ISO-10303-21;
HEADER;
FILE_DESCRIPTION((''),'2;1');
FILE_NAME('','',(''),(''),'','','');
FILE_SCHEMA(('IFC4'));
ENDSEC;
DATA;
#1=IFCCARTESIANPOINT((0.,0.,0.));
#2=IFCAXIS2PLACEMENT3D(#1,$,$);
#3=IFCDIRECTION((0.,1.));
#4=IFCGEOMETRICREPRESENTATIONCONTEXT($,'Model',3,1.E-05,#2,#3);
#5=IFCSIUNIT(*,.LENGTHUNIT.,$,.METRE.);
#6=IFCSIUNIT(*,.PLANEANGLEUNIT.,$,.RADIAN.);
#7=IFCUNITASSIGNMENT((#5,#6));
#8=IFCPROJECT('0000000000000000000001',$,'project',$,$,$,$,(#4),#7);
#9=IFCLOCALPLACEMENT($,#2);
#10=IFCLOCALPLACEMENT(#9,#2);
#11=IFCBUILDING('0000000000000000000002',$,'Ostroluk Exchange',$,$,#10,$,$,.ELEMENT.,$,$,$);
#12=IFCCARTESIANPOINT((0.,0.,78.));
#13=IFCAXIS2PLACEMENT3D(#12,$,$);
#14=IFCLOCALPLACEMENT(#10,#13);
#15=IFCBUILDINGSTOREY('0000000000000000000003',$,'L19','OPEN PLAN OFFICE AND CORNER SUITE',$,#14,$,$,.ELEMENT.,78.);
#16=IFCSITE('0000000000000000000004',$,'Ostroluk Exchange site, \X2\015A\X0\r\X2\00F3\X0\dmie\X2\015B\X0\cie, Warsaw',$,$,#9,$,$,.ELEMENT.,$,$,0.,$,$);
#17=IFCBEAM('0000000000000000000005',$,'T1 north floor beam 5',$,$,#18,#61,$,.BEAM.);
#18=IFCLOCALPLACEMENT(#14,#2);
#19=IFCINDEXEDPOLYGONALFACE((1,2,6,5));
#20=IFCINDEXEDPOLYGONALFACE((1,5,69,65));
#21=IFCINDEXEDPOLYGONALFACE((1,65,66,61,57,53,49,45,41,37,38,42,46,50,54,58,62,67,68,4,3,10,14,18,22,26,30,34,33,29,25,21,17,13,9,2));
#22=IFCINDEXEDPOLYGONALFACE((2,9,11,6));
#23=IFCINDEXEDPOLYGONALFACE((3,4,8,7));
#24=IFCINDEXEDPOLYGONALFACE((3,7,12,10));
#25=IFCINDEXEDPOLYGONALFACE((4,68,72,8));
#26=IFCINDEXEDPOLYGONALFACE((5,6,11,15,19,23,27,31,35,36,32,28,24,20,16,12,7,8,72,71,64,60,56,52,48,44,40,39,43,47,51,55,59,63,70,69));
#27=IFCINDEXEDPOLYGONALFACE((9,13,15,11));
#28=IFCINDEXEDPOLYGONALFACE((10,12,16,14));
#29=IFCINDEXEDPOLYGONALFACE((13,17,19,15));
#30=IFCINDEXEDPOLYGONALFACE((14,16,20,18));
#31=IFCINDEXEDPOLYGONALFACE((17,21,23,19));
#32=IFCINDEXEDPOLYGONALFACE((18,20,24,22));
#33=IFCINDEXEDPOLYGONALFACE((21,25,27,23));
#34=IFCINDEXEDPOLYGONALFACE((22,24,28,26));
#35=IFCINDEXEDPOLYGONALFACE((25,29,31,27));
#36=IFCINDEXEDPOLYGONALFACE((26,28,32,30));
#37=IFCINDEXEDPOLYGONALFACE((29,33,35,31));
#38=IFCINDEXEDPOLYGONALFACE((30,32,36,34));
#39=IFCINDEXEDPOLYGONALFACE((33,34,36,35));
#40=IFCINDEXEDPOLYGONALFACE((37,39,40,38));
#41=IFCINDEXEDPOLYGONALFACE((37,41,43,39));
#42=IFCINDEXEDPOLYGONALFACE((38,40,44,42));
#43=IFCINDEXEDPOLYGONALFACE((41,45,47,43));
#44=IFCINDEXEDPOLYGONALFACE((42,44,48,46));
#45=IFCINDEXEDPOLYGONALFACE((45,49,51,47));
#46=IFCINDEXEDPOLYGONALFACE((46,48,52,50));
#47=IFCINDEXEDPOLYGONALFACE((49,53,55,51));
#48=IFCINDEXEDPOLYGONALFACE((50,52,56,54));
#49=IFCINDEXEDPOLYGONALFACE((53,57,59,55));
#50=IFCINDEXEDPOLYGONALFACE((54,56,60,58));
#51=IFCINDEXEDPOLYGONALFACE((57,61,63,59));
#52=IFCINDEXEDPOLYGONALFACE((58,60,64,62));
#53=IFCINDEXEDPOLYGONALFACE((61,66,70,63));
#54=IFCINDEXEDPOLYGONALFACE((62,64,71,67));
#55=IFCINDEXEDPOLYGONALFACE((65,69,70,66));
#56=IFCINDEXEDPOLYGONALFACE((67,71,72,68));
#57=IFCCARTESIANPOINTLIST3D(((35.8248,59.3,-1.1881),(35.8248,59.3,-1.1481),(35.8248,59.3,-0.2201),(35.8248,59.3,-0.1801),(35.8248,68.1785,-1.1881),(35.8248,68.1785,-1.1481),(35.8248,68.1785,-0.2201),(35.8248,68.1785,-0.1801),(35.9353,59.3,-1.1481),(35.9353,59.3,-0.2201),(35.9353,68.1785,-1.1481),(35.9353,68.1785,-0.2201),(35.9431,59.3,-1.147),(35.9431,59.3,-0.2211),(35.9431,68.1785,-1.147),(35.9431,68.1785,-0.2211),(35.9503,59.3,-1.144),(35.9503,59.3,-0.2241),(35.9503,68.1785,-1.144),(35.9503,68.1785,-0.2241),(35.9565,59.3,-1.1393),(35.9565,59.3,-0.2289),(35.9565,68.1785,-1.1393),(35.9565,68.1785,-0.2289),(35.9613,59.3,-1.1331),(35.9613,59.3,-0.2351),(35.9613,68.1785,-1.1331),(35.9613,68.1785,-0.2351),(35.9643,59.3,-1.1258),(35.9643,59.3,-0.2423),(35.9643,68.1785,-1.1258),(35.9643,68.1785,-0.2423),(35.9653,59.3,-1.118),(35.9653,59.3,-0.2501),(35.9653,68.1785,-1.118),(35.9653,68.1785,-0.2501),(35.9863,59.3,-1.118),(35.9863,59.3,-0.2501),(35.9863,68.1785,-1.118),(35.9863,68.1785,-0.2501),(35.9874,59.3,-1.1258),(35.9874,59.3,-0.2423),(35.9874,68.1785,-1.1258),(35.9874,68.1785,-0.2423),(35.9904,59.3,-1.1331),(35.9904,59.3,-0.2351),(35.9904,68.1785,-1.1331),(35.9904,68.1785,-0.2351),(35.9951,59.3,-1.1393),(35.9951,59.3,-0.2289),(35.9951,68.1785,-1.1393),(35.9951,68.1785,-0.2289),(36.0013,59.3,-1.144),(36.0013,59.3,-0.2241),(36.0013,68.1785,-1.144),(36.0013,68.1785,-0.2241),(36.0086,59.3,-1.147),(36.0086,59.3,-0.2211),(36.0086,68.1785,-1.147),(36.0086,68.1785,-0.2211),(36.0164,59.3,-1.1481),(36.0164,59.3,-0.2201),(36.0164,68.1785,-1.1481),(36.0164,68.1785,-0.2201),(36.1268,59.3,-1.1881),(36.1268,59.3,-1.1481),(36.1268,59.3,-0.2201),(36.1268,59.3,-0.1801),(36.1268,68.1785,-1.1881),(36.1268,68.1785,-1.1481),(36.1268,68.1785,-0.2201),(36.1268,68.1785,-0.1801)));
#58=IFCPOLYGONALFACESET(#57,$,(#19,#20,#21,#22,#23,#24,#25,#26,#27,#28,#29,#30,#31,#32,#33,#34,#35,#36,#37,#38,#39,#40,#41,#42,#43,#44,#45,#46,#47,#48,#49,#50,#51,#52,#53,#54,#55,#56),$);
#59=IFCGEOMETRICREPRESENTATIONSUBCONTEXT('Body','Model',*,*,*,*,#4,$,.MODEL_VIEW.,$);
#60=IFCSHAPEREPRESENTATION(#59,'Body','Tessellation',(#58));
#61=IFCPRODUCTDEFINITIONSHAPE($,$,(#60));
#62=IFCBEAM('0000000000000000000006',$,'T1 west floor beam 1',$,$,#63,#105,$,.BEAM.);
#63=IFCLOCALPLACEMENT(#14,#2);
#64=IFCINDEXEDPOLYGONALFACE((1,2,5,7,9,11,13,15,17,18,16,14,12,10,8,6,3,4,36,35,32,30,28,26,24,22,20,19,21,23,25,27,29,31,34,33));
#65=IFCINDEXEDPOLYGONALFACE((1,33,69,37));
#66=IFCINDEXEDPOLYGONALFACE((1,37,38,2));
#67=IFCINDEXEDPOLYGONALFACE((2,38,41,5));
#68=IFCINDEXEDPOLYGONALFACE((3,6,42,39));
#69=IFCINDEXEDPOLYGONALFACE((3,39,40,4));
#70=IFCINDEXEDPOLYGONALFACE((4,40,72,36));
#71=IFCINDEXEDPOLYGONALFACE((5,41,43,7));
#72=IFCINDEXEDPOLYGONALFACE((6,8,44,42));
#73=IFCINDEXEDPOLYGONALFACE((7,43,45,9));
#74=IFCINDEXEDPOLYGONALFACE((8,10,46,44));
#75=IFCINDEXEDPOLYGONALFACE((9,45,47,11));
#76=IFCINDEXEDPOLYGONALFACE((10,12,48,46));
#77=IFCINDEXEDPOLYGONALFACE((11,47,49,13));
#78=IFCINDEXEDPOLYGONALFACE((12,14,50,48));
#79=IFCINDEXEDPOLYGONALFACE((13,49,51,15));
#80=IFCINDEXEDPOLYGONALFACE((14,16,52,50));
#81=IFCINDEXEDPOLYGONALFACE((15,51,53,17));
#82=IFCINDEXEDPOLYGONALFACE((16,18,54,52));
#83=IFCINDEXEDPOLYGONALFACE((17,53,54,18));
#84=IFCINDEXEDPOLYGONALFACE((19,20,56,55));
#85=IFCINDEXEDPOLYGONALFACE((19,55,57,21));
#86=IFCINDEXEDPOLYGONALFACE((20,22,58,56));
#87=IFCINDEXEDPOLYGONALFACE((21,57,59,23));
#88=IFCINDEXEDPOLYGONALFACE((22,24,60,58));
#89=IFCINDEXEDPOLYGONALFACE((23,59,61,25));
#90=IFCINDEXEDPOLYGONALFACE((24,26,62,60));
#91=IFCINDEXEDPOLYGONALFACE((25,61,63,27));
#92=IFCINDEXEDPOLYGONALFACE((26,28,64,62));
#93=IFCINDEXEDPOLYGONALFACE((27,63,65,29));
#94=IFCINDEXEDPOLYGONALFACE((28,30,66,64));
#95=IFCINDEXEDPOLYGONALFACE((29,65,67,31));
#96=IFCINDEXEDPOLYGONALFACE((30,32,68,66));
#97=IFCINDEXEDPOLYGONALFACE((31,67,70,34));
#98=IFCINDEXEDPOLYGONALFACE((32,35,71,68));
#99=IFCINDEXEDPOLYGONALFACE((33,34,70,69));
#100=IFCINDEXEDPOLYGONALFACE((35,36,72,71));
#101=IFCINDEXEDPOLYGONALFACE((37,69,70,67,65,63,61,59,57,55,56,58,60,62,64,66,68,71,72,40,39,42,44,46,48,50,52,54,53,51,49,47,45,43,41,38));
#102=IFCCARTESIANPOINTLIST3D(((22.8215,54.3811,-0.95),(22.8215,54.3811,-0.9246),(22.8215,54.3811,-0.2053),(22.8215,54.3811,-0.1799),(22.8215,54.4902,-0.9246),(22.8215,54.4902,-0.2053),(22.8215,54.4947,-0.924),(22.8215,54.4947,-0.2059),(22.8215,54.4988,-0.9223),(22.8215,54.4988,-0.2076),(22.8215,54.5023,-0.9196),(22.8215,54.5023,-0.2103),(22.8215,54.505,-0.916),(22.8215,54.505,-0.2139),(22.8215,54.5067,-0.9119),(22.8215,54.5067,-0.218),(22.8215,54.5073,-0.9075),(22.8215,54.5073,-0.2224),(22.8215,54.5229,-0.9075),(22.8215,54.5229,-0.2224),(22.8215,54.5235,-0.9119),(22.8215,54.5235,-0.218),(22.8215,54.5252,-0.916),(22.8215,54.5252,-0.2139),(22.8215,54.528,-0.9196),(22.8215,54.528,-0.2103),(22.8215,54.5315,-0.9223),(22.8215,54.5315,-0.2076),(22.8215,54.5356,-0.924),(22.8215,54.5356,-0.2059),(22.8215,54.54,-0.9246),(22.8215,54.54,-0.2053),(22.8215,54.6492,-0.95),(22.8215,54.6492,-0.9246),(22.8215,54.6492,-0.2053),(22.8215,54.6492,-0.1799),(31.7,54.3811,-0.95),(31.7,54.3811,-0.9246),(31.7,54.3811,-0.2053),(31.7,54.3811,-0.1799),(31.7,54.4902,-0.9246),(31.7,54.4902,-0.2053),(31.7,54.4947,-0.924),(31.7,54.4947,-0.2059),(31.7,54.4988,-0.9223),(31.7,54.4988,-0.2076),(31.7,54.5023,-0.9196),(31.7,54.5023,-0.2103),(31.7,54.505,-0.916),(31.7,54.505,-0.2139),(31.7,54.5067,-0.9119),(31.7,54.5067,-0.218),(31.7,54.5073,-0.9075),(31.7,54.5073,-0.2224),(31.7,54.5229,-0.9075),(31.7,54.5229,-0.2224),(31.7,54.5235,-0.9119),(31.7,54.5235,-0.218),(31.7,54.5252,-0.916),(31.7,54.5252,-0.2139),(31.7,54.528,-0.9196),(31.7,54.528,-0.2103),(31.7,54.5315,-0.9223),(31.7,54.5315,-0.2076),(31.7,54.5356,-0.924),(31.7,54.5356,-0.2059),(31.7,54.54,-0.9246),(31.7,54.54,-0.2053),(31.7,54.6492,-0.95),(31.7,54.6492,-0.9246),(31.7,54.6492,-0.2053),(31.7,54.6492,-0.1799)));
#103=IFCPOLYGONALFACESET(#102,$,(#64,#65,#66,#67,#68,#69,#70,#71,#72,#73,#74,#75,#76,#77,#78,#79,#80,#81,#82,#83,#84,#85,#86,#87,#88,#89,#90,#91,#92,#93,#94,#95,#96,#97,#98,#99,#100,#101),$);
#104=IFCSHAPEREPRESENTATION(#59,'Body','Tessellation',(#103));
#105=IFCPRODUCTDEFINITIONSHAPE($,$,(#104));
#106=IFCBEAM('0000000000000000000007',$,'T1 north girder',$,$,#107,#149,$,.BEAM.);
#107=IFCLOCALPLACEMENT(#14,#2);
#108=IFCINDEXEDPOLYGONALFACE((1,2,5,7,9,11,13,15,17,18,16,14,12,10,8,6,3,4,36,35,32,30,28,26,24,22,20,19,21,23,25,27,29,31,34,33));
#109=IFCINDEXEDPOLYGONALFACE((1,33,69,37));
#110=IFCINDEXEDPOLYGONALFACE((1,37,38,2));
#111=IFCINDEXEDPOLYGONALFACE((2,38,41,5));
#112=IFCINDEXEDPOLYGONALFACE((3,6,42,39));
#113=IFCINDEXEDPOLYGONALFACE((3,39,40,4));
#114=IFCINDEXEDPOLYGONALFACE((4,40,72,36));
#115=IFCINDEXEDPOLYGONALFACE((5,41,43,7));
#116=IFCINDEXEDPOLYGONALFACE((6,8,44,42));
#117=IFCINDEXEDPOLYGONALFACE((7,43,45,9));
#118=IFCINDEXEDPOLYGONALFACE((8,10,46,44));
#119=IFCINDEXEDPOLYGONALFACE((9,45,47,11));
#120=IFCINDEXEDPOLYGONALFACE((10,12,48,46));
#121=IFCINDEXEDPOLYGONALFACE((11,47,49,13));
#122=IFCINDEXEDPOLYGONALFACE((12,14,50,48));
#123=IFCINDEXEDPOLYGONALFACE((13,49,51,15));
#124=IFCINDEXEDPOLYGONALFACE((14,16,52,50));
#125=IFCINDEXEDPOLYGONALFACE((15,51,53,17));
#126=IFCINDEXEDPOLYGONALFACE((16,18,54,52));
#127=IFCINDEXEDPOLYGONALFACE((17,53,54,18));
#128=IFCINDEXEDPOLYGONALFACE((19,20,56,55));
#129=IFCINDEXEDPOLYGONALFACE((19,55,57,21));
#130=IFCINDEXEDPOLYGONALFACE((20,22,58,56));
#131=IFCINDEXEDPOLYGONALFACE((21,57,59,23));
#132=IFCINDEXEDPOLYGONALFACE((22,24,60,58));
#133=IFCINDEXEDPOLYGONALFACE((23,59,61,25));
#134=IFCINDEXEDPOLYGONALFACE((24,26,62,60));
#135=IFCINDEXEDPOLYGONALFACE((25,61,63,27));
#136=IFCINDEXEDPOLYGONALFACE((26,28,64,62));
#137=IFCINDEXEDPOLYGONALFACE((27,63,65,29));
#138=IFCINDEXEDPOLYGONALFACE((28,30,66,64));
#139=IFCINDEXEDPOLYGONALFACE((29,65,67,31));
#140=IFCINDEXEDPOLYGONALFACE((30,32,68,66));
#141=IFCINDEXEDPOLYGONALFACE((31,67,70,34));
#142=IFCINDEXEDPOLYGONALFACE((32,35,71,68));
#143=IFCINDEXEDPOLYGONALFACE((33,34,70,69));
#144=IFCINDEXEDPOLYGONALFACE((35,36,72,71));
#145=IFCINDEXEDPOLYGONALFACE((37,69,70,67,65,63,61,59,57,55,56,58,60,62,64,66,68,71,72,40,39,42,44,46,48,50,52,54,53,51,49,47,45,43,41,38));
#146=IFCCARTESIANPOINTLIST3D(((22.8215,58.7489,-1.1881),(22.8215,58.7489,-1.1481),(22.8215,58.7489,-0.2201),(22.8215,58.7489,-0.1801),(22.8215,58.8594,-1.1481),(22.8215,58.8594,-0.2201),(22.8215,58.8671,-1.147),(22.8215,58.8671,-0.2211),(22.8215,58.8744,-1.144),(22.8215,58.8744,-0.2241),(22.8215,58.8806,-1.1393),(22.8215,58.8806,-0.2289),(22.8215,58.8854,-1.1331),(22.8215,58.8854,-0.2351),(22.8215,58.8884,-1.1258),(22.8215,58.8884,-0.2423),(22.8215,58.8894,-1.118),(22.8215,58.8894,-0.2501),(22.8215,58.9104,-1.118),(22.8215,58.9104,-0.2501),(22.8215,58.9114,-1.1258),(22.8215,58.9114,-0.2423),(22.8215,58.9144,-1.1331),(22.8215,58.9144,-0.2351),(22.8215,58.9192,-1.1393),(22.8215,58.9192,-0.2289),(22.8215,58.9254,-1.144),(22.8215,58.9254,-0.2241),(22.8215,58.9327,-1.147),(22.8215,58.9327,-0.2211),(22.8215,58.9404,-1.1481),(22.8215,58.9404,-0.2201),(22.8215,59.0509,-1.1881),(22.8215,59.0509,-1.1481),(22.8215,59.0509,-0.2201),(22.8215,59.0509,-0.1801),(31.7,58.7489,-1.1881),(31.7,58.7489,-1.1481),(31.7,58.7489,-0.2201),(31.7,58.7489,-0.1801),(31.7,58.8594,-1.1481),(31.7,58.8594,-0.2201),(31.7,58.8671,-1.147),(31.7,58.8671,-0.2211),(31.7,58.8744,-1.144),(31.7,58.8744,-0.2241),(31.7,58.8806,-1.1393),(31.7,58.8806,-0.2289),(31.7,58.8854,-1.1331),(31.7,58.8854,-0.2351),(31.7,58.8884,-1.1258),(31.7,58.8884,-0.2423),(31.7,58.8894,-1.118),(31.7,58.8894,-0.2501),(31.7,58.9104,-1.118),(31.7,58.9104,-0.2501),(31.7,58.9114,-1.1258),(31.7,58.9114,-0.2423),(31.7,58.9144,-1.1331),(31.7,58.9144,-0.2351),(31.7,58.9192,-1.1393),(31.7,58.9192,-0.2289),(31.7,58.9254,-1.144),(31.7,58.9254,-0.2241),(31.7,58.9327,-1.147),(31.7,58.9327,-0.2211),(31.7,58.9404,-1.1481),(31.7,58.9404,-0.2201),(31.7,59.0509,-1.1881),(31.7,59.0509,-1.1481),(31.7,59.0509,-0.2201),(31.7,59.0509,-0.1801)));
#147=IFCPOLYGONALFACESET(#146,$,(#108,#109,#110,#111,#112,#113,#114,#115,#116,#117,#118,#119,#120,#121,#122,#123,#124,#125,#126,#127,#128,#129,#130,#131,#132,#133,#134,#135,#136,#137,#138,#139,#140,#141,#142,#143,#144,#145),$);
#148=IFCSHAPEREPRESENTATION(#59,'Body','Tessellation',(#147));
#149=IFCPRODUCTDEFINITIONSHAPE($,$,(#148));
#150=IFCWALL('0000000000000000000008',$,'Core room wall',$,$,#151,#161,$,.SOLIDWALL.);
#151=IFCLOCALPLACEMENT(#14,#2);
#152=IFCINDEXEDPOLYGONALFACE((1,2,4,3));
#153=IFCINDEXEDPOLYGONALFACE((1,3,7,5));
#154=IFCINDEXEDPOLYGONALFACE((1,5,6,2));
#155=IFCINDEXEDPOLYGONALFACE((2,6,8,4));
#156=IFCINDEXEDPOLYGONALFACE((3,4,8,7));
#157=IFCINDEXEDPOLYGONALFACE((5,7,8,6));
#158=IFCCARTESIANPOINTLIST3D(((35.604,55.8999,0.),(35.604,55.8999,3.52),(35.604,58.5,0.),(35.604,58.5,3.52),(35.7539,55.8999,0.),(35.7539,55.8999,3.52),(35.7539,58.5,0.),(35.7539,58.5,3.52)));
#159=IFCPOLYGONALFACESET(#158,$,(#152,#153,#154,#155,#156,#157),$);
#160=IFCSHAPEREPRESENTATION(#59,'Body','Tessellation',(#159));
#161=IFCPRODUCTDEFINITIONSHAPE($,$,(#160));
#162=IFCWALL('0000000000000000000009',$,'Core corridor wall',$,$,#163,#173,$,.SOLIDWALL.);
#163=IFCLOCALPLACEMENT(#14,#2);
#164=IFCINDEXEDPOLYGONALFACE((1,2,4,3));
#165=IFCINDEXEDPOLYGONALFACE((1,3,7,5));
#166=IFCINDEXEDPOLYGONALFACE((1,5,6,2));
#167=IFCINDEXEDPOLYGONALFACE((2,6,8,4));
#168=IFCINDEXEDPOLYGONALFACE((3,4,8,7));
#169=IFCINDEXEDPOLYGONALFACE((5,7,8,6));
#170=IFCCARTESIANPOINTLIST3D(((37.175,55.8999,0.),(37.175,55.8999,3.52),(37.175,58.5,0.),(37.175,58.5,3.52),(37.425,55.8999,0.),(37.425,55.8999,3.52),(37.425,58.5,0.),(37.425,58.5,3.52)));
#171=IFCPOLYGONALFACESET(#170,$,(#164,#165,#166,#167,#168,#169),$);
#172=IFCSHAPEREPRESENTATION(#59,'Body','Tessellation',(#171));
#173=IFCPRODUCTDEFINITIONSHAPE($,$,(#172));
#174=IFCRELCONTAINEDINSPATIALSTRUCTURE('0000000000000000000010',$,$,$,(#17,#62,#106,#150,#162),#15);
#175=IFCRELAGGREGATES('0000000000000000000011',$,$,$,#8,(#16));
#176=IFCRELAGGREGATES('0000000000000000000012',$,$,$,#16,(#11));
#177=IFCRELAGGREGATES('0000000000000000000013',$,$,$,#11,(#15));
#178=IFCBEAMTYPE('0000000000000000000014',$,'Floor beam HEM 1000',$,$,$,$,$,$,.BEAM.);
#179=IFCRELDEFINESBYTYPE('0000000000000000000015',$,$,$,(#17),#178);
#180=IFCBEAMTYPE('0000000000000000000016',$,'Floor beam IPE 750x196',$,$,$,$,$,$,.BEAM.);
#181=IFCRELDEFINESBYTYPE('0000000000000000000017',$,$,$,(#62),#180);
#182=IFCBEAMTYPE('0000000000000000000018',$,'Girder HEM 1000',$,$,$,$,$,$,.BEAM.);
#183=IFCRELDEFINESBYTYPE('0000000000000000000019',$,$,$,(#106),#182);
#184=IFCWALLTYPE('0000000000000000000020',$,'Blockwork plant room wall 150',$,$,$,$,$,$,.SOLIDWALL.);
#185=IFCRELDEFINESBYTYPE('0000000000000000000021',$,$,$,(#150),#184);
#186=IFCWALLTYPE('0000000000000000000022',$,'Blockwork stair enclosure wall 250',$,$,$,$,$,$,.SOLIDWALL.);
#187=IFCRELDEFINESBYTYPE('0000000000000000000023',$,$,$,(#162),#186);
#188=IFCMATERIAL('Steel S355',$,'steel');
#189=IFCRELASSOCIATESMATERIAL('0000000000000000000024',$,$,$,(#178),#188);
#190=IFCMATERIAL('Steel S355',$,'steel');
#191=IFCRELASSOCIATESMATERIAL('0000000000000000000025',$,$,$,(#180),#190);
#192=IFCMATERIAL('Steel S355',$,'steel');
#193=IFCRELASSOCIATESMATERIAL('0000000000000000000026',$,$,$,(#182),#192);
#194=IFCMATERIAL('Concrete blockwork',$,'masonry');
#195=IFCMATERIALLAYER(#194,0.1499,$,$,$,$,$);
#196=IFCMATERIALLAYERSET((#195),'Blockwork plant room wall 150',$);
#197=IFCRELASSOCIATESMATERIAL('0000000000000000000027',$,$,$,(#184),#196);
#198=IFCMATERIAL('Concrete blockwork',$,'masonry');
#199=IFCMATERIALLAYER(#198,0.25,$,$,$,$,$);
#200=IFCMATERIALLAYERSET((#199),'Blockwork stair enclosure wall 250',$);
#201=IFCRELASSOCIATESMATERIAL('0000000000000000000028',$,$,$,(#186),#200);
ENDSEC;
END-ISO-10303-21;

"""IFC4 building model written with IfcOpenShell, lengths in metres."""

from ifc_helpers import new_model, si_unit, direction, frame, frame_2d, origin, origin_2d, place, context, subcontext, project, spatial, rectangle, i_section, extrude, material, layer, layer_set, material_profile, profile_set, type_object, element, save


model = new_model("IFC4")

# Units and contexts
model_context = context("Model", 3, precision=1e-05, world=origin(), true_north=direction((0.0, 1.0)))
body_context = subcontext(model_context, "Body", "Model", "MODEL_VIEW")
ifc_project = project(units=[si_unit("LENGTHUNIT", "METRE"), si_unit("PLANEANGLEUNIT", "RADIAN")], contexts=[model_context])

# Site, building, storey
site_placement = place(None, origin())
site = spatial("IfcSite", under=ifc_project, at=site_placement, Name="Ostroluk Exchange site, Śródmieście, Warsaw", CompositionType="ELEMENT", RefElevation=0.0)
building_placement = place(site_placement, origin())
building = spatial("IfcBuilding", under=site, at=building_placement, Name="Ostroluk Exchange", CompositionType="ELEMENT")
storey_placement = place(building_placement, frame((0.0, 0.0, 78.0)))
storey = spatial("IfcBuildingStorey", under=building, at=storey_placement, Name="L19", Description="OPEN PLAN OFFICE AND CORNER SUITE", CompositionType="ELEMENT", Elevation=78.0)

# Beams
ifc_material_1 = material(Name="Steel S355", Category="steel")
ifc_material_profile_1 = material_profile(ifc_material_1, i_section(OverallWidth=0.302, OverallDepth=1.0081, WebThickness=0.021, FlangeThickness=0.04, FilletRadius=0.03, at=origin_2d()), Name="HEM 1000")
ifc_profile_set_1 = profile_set([ifc_material_profile_1], Name="Steel S355")
beam_type_1 = type_object("IfcBeamType", Name="Floor beam HEM 1000", PredefinedType="BEAM", material=ifc_profile_set_1)
beam_1_placement = place(storey_placement, frame((35.9758, 59.3, -0.6841), z_axis=(0.0, 1.0, 0.0), x_axis=(-1.0, 0.0, 0.0)))
element("IfcBeam", 1, at=beam_1_placement, inside=storey, type_object=beam_type_1, Name="T1 north floor beam 5", PredefinedType="BEAM", context=body_context, shape_type="SweptSolid", body=[
    extrude(i_section(OverallWidth=0.302, OverallDepth=1.0081, WebThickness=0.021, FlangeThickness=0.04, FilletRadius=0.03, at=origin_2d()), origin(), (0.0, 0.0, 1.0), 8.8784),
])
ifc_material_2 = material(Name="Steel S355", Category="steel")
ifc_material_profile_2 = material_profile(ifc_material_2, i_section(OverallWidth=0.2681, OverallDepth=0.77, WebThickness=0.0156, FlangeThickness=0.0254, FilletRadius=0.0171, at=origin_2d()), Name="IPE 750x196")
ifc_profile_set_2 = profile_set([ifc_material_profile_2], Name="Steel S355")
beam_type_2 = type_object("IfcBeamType", Name="Floor beam IPE 750x196", PredefinedType="BEAM", material=ifc_profile_set_2)
beam_2_placement = place(storey_placement, frame((31.7, 54.5151, -0.5649), z_axis=(-1.0, 0.0, 0.0), x_axis=(0.0, -1.0, 0.0)))
element("IfcBeam", 2, at=beam_2_placement, inside=storey, type_object=beam_type_2, Name="T1 west floor beam 1", PredefinedType="BEAM", context=body_context, shape_type="SweptSolid", body=[
    extrude(i_section(OverallWidth=0.2681, OverallDepth=0.77, WebThickness=0.0156, FlangeThickness=0.0254, FilletRadius=0.0171, at=origin_2d()), origin(), (0.0, 0.0, 1.0), 8.8784),
])
ifc_material_3 = material(Name="Steel S355", Category="steel")
ifc_material_profile_3 = material_profile(ifc_material_3, i_section(OverallWidth=0.302, OverallDepth=1.0081, WebThickness=0.021, FlangeThickness=0.04, FilletRadius=0.03, at=origin_2d()), Name="HEM 1000")
ifc_profile_set_3 = profile_set([ifc_material_profile_3], Name="Steel S355")
beam_type_3 = type_object("IfcBeamType", Name="Girder HEM 1000", PredefinedType="BEAM", material=ifc_profile_set_3)
beam_3_placement = place(storey_placement, frame((31.7, 58.8999, -0.6841), z_axis=(-1.0, 0.0, 0.0), x_axis=(0.0, -1.0, 0.0)))
element("IfcBeam", 3, at=beam_3_placement, inside=storey, type_object=beam_type_3, Name="T1 north girder", PredefinedType="BEAM", context=body_context, shape_type="SweptSolid", body=[
    extrude(i_section(OverallWidth=0.302, OverallDepth=1.0081, WebThickness=0.021, FlangeThickness=0.04, FilletRadius=0.03, at=origin_2d()), origin(), (0.0, 0.0, 1.0), 8.8784),
])

# Walls
ifc_material_4 = material(Name="Concrete blockwork", Category="masonry")
ifc_layer_1 = layer(ifc_material_4, 0.1499)
ifc_layer_set_1 = layer_set([ifc_layer_1], Name="Blockwork plant room wall 150")
wall_type_1 = type_object("IfcWallType", Name="Blockwork plant room wall 150", PredefinedType="SOLIDWALL", material=ifc_layer_set_1)
wall_1_placement = place(storey_placement, frame((35.679, 55.8999, 0.0), z_axis=(0.0, 0.0, 1.0), x_axis=(0.0, 1.0, 0.0)))
element("IfcWall", 4, at=wall_1_placement, inside=storey, type_object=wall_type_1, Name="Core room wall", PredefinedType="SOLIDWALL", context=body_context, shape_type="SweptSolid", body=[
    extrude(rectangle(XDim=2.6001, YDim=0.1499, at=frame_2d((1.3, 0.0))), origin(), (0.0, 0.0, 1.0), 3.52),
])
ifc_material_5 = material(Name="Concrete blockwork", Category="masonry")
ifc_layer_2 = layer(ifc_material_5, 0.25)
ifc_layer_set_2 = layer_set([ifc_layer_2], Name="Blockwork stair enclosure wall 250")
wall_type_2 = type_object("IfcWallType", Name="Blockwork stair enclosure wall 250", PredefinedType="SOLIDWALL", material=ifc_layer_set_2)
wall_2_placement = place(storey_placement, frame((37.3, 55.8999, 0.0), z_axis=(0.0, 0.0, 1.0), x_axis=(0.0, 1.0, 0.0)))
element("IfcWall", 5, at=wall_2_placement, inside=storey, type_object=wall_type_2, Name="Core corridor wall", PredefinedType="SOLIDWALL", context=body_context, shape_type="SweptSolid", body=[
    extrude(rectangle(XDim=2.6001, YDim=0.25, at=frame_2d((1.3, 0.0))), origin(), (0.0, 0.0, 1.0), 3.52),
])

save(model, "model.ifc")
